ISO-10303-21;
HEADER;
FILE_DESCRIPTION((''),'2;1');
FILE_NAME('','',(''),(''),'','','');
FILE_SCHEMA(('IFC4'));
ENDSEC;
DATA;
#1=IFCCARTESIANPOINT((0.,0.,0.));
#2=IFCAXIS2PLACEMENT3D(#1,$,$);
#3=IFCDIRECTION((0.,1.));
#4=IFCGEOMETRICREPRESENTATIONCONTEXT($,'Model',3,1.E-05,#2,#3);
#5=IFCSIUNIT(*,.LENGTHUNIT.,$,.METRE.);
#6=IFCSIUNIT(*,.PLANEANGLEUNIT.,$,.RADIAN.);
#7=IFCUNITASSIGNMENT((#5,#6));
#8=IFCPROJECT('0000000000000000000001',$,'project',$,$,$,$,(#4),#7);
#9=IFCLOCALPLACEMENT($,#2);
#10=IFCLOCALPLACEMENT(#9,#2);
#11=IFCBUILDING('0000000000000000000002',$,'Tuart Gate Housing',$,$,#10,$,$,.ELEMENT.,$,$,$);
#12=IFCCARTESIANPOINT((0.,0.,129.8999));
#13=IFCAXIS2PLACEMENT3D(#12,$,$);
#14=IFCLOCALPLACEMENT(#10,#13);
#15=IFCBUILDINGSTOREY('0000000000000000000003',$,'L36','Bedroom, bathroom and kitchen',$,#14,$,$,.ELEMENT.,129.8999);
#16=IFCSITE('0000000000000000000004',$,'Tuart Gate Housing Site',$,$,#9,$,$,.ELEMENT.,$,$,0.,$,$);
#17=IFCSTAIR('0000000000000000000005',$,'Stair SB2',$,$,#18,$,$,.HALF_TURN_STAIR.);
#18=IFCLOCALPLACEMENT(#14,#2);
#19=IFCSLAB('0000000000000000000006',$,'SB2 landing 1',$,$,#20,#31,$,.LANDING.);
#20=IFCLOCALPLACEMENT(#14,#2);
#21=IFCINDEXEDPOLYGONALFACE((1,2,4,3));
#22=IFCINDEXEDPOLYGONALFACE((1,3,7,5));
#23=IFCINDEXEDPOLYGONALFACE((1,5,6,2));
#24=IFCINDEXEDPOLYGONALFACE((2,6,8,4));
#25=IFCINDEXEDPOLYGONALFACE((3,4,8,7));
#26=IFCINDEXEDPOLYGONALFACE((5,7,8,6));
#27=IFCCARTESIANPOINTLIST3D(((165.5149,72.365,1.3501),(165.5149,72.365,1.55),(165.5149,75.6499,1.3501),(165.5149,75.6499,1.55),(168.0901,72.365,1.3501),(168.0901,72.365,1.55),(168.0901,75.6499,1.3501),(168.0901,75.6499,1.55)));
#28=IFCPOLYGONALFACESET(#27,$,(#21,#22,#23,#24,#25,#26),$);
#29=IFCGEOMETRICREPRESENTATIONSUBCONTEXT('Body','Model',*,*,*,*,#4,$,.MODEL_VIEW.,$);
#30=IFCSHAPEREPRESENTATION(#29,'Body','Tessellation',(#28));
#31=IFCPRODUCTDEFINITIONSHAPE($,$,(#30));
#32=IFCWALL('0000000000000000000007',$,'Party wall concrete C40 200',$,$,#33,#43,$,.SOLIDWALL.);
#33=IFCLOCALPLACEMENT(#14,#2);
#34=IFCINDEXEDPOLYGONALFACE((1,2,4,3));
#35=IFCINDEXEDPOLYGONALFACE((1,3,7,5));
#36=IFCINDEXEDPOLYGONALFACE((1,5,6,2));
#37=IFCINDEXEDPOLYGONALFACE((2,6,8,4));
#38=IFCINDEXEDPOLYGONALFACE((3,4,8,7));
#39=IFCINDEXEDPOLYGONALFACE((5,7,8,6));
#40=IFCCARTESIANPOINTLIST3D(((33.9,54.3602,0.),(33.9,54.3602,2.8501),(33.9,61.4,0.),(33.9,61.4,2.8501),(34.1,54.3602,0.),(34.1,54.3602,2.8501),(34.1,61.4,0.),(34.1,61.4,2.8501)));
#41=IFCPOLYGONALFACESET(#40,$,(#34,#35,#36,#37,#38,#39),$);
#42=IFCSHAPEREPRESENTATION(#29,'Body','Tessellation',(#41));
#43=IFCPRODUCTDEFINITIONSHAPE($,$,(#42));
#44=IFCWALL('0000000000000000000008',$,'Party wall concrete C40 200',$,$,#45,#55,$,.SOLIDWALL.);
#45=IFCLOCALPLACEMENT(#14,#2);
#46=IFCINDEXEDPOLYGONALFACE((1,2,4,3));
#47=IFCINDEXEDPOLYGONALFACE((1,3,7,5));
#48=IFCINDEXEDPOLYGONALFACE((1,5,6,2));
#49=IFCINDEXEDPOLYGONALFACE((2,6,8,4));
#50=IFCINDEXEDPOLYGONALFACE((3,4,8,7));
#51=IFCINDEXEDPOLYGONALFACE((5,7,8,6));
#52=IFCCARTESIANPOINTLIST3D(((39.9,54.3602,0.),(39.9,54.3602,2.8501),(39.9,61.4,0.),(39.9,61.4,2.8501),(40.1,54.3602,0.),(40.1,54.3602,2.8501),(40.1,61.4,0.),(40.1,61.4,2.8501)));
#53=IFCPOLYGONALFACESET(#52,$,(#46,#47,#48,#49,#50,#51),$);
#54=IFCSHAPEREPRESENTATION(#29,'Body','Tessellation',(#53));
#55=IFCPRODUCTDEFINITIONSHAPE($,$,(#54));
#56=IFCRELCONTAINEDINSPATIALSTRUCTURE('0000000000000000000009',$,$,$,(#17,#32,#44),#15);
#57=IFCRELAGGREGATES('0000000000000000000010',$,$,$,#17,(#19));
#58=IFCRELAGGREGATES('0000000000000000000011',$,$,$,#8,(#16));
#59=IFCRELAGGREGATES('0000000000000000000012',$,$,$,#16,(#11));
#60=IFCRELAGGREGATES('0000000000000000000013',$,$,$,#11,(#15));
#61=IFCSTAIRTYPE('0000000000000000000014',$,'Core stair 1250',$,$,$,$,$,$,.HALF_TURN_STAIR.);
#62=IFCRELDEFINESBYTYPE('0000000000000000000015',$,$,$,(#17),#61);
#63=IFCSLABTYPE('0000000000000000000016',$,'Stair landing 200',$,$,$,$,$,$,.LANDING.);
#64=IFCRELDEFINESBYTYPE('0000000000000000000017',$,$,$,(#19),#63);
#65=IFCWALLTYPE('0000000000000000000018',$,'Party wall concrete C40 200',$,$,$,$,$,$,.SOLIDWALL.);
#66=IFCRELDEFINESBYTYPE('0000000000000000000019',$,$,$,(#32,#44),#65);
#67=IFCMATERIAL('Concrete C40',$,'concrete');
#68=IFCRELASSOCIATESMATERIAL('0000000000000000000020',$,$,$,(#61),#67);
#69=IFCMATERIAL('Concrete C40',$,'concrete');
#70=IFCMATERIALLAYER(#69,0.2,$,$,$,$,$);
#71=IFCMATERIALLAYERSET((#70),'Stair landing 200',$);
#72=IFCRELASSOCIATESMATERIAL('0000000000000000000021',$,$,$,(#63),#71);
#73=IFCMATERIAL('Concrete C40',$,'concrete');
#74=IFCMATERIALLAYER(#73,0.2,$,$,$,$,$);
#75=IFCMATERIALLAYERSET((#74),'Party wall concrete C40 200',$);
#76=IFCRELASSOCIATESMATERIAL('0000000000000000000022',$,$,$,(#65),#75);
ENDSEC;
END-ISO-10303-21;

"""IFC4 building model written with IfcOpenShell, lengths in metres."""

from ifc_helpers import new_model, si_unit, direction, frame, frame_2d, origin, place, context, subcontext, project, spatial, polyline, rectangle, outline, extrude, material, layer, layer_set, type_object, element, aggregate, save


model = new_model("IFC4")

# Units and contexts
model_context = context("Model", 3, precision=1e-05, world=origin(), true_north=direction((0.0, 1.0)))
body_context = subcontext(model_context, "Body", "Model", "MODEL_VIEW")
ifc_project = project(units=[si_unit("LENGTHUNIT", "METRE"), si_unit("PLANEANGLEUNIT", "RADIAN")], contexts=[model_context])

# Site, building, storey
site_placement = place(None, origin())
site = spatial("IfcSite", under=ifc_project, at=site_placement, Name="Tuart Gate Housing Site", CompositionType="ELEMENT", RefElevation=0.0)
building_placement = place(site_placement, origin())
building = spatial("IfcBuilding", under=site, at=building_placement, Name="Tuart Gate Housing", CompositionType="ELEMENT")
storey_placement = place(building_placement, frame((0.0, 0.0, 129.8999)))
storey = spatial("IfcBuildingStorey", under=building, at=storey_placement, Name="L36", Description="Bedroom, bathroom and kitchen", CompositionType="ELEMENT", Elevation=129.8999)

# Stair, slab
ifc_material_1 = material(Name="Concrete C40", Category="concrete")
stair_type = type_object("IfcStairType", Name="Core stair 1250", PredefinedType="HALF_TURN_STAIR", material=ifc_material_1)
stair_placement = place(storey_placement, origin())
stair = element("IfcStair", 1, at=stair_placement, inside=storey, type_object=stair_type, Name="Stair SB2", PredefinedType="HALF_TURN_STAIR")
ifc_material_2 = material(Name="Concrete C40", Category="concrete")
ifc_layer_1 = layer(ifc_material_2, 0.2)
ifc_layer_set_1 = layer_set([ifc_layer_1], Name="Stair landing 200")
slab_type = type_object("IfcSlabType", Name="Stair landing 200", PredefinedType="LANDING", material=ifc_layer_set_1)
slab_placement = place(storey_placement, frame((0.0, 0.0, 1.3501)))
slab = element("IfcSlab", 2, at=slab_placement, type_object=slab_type, Name="SB2 landing 1", PredefinedType="LANDING", context=body_context, shape_type="SweptSolid", body=[
    extrude(outline(polyline([(165.5149, 72.365), (168.0901, 72.365), (168.0901, 75.6499), (165.5149, 75.6499), (165.5149, 72.365)])), origin(), (0.0, 0.0, 1.0), 0.2),
])
aggregate(stair, [slab])

# Walls
ifc_material_3 = material(Name="Concrete C40", Category="concrete")
ifc_layer_2 = layer(ifc_material_3, 0.2)
ifc_layer_set_2 = layer_set([ifc_layer_2], Name="Party wall concrete C40 200")
wall_type_1 = type_object("IfcWallType", Name="Party wall concrete C40 200", PredefinedType="SOLIDWALL", material=ifc_layer_set_2)
for number, where, z_axis, x_axis, name in (
    (3, (34.0, 54.3601, 0.0), (0.0, 0.0, 1.0), (0.0, 1.0, 0.0), "Party wall concrete C40 200"),
    (4, (40.0, 54.3601, 0.0), (0.0, 0.0, 1.0), (0.0, 1.0, 0.0), "Party wall concrete C40 200"),
):
    element("IfcWall", number, at=place(storey_placement, frame(where, z_axis=z_axis, x_axis=x_axis)), inside=storey, type_object=wall_type_1, Name=name, PredefinedType="SOLIDWALL", context=body_context, shape_type="SweptSolid", body=[
        extrude(rectangle(XDim=7.0398, YDim=0.2, at=frame_2d((3.52, 0.0))), origin(), (0.0, 0.0, 1.0), 2.8501),
    ])

save(model, "model.ifc")
